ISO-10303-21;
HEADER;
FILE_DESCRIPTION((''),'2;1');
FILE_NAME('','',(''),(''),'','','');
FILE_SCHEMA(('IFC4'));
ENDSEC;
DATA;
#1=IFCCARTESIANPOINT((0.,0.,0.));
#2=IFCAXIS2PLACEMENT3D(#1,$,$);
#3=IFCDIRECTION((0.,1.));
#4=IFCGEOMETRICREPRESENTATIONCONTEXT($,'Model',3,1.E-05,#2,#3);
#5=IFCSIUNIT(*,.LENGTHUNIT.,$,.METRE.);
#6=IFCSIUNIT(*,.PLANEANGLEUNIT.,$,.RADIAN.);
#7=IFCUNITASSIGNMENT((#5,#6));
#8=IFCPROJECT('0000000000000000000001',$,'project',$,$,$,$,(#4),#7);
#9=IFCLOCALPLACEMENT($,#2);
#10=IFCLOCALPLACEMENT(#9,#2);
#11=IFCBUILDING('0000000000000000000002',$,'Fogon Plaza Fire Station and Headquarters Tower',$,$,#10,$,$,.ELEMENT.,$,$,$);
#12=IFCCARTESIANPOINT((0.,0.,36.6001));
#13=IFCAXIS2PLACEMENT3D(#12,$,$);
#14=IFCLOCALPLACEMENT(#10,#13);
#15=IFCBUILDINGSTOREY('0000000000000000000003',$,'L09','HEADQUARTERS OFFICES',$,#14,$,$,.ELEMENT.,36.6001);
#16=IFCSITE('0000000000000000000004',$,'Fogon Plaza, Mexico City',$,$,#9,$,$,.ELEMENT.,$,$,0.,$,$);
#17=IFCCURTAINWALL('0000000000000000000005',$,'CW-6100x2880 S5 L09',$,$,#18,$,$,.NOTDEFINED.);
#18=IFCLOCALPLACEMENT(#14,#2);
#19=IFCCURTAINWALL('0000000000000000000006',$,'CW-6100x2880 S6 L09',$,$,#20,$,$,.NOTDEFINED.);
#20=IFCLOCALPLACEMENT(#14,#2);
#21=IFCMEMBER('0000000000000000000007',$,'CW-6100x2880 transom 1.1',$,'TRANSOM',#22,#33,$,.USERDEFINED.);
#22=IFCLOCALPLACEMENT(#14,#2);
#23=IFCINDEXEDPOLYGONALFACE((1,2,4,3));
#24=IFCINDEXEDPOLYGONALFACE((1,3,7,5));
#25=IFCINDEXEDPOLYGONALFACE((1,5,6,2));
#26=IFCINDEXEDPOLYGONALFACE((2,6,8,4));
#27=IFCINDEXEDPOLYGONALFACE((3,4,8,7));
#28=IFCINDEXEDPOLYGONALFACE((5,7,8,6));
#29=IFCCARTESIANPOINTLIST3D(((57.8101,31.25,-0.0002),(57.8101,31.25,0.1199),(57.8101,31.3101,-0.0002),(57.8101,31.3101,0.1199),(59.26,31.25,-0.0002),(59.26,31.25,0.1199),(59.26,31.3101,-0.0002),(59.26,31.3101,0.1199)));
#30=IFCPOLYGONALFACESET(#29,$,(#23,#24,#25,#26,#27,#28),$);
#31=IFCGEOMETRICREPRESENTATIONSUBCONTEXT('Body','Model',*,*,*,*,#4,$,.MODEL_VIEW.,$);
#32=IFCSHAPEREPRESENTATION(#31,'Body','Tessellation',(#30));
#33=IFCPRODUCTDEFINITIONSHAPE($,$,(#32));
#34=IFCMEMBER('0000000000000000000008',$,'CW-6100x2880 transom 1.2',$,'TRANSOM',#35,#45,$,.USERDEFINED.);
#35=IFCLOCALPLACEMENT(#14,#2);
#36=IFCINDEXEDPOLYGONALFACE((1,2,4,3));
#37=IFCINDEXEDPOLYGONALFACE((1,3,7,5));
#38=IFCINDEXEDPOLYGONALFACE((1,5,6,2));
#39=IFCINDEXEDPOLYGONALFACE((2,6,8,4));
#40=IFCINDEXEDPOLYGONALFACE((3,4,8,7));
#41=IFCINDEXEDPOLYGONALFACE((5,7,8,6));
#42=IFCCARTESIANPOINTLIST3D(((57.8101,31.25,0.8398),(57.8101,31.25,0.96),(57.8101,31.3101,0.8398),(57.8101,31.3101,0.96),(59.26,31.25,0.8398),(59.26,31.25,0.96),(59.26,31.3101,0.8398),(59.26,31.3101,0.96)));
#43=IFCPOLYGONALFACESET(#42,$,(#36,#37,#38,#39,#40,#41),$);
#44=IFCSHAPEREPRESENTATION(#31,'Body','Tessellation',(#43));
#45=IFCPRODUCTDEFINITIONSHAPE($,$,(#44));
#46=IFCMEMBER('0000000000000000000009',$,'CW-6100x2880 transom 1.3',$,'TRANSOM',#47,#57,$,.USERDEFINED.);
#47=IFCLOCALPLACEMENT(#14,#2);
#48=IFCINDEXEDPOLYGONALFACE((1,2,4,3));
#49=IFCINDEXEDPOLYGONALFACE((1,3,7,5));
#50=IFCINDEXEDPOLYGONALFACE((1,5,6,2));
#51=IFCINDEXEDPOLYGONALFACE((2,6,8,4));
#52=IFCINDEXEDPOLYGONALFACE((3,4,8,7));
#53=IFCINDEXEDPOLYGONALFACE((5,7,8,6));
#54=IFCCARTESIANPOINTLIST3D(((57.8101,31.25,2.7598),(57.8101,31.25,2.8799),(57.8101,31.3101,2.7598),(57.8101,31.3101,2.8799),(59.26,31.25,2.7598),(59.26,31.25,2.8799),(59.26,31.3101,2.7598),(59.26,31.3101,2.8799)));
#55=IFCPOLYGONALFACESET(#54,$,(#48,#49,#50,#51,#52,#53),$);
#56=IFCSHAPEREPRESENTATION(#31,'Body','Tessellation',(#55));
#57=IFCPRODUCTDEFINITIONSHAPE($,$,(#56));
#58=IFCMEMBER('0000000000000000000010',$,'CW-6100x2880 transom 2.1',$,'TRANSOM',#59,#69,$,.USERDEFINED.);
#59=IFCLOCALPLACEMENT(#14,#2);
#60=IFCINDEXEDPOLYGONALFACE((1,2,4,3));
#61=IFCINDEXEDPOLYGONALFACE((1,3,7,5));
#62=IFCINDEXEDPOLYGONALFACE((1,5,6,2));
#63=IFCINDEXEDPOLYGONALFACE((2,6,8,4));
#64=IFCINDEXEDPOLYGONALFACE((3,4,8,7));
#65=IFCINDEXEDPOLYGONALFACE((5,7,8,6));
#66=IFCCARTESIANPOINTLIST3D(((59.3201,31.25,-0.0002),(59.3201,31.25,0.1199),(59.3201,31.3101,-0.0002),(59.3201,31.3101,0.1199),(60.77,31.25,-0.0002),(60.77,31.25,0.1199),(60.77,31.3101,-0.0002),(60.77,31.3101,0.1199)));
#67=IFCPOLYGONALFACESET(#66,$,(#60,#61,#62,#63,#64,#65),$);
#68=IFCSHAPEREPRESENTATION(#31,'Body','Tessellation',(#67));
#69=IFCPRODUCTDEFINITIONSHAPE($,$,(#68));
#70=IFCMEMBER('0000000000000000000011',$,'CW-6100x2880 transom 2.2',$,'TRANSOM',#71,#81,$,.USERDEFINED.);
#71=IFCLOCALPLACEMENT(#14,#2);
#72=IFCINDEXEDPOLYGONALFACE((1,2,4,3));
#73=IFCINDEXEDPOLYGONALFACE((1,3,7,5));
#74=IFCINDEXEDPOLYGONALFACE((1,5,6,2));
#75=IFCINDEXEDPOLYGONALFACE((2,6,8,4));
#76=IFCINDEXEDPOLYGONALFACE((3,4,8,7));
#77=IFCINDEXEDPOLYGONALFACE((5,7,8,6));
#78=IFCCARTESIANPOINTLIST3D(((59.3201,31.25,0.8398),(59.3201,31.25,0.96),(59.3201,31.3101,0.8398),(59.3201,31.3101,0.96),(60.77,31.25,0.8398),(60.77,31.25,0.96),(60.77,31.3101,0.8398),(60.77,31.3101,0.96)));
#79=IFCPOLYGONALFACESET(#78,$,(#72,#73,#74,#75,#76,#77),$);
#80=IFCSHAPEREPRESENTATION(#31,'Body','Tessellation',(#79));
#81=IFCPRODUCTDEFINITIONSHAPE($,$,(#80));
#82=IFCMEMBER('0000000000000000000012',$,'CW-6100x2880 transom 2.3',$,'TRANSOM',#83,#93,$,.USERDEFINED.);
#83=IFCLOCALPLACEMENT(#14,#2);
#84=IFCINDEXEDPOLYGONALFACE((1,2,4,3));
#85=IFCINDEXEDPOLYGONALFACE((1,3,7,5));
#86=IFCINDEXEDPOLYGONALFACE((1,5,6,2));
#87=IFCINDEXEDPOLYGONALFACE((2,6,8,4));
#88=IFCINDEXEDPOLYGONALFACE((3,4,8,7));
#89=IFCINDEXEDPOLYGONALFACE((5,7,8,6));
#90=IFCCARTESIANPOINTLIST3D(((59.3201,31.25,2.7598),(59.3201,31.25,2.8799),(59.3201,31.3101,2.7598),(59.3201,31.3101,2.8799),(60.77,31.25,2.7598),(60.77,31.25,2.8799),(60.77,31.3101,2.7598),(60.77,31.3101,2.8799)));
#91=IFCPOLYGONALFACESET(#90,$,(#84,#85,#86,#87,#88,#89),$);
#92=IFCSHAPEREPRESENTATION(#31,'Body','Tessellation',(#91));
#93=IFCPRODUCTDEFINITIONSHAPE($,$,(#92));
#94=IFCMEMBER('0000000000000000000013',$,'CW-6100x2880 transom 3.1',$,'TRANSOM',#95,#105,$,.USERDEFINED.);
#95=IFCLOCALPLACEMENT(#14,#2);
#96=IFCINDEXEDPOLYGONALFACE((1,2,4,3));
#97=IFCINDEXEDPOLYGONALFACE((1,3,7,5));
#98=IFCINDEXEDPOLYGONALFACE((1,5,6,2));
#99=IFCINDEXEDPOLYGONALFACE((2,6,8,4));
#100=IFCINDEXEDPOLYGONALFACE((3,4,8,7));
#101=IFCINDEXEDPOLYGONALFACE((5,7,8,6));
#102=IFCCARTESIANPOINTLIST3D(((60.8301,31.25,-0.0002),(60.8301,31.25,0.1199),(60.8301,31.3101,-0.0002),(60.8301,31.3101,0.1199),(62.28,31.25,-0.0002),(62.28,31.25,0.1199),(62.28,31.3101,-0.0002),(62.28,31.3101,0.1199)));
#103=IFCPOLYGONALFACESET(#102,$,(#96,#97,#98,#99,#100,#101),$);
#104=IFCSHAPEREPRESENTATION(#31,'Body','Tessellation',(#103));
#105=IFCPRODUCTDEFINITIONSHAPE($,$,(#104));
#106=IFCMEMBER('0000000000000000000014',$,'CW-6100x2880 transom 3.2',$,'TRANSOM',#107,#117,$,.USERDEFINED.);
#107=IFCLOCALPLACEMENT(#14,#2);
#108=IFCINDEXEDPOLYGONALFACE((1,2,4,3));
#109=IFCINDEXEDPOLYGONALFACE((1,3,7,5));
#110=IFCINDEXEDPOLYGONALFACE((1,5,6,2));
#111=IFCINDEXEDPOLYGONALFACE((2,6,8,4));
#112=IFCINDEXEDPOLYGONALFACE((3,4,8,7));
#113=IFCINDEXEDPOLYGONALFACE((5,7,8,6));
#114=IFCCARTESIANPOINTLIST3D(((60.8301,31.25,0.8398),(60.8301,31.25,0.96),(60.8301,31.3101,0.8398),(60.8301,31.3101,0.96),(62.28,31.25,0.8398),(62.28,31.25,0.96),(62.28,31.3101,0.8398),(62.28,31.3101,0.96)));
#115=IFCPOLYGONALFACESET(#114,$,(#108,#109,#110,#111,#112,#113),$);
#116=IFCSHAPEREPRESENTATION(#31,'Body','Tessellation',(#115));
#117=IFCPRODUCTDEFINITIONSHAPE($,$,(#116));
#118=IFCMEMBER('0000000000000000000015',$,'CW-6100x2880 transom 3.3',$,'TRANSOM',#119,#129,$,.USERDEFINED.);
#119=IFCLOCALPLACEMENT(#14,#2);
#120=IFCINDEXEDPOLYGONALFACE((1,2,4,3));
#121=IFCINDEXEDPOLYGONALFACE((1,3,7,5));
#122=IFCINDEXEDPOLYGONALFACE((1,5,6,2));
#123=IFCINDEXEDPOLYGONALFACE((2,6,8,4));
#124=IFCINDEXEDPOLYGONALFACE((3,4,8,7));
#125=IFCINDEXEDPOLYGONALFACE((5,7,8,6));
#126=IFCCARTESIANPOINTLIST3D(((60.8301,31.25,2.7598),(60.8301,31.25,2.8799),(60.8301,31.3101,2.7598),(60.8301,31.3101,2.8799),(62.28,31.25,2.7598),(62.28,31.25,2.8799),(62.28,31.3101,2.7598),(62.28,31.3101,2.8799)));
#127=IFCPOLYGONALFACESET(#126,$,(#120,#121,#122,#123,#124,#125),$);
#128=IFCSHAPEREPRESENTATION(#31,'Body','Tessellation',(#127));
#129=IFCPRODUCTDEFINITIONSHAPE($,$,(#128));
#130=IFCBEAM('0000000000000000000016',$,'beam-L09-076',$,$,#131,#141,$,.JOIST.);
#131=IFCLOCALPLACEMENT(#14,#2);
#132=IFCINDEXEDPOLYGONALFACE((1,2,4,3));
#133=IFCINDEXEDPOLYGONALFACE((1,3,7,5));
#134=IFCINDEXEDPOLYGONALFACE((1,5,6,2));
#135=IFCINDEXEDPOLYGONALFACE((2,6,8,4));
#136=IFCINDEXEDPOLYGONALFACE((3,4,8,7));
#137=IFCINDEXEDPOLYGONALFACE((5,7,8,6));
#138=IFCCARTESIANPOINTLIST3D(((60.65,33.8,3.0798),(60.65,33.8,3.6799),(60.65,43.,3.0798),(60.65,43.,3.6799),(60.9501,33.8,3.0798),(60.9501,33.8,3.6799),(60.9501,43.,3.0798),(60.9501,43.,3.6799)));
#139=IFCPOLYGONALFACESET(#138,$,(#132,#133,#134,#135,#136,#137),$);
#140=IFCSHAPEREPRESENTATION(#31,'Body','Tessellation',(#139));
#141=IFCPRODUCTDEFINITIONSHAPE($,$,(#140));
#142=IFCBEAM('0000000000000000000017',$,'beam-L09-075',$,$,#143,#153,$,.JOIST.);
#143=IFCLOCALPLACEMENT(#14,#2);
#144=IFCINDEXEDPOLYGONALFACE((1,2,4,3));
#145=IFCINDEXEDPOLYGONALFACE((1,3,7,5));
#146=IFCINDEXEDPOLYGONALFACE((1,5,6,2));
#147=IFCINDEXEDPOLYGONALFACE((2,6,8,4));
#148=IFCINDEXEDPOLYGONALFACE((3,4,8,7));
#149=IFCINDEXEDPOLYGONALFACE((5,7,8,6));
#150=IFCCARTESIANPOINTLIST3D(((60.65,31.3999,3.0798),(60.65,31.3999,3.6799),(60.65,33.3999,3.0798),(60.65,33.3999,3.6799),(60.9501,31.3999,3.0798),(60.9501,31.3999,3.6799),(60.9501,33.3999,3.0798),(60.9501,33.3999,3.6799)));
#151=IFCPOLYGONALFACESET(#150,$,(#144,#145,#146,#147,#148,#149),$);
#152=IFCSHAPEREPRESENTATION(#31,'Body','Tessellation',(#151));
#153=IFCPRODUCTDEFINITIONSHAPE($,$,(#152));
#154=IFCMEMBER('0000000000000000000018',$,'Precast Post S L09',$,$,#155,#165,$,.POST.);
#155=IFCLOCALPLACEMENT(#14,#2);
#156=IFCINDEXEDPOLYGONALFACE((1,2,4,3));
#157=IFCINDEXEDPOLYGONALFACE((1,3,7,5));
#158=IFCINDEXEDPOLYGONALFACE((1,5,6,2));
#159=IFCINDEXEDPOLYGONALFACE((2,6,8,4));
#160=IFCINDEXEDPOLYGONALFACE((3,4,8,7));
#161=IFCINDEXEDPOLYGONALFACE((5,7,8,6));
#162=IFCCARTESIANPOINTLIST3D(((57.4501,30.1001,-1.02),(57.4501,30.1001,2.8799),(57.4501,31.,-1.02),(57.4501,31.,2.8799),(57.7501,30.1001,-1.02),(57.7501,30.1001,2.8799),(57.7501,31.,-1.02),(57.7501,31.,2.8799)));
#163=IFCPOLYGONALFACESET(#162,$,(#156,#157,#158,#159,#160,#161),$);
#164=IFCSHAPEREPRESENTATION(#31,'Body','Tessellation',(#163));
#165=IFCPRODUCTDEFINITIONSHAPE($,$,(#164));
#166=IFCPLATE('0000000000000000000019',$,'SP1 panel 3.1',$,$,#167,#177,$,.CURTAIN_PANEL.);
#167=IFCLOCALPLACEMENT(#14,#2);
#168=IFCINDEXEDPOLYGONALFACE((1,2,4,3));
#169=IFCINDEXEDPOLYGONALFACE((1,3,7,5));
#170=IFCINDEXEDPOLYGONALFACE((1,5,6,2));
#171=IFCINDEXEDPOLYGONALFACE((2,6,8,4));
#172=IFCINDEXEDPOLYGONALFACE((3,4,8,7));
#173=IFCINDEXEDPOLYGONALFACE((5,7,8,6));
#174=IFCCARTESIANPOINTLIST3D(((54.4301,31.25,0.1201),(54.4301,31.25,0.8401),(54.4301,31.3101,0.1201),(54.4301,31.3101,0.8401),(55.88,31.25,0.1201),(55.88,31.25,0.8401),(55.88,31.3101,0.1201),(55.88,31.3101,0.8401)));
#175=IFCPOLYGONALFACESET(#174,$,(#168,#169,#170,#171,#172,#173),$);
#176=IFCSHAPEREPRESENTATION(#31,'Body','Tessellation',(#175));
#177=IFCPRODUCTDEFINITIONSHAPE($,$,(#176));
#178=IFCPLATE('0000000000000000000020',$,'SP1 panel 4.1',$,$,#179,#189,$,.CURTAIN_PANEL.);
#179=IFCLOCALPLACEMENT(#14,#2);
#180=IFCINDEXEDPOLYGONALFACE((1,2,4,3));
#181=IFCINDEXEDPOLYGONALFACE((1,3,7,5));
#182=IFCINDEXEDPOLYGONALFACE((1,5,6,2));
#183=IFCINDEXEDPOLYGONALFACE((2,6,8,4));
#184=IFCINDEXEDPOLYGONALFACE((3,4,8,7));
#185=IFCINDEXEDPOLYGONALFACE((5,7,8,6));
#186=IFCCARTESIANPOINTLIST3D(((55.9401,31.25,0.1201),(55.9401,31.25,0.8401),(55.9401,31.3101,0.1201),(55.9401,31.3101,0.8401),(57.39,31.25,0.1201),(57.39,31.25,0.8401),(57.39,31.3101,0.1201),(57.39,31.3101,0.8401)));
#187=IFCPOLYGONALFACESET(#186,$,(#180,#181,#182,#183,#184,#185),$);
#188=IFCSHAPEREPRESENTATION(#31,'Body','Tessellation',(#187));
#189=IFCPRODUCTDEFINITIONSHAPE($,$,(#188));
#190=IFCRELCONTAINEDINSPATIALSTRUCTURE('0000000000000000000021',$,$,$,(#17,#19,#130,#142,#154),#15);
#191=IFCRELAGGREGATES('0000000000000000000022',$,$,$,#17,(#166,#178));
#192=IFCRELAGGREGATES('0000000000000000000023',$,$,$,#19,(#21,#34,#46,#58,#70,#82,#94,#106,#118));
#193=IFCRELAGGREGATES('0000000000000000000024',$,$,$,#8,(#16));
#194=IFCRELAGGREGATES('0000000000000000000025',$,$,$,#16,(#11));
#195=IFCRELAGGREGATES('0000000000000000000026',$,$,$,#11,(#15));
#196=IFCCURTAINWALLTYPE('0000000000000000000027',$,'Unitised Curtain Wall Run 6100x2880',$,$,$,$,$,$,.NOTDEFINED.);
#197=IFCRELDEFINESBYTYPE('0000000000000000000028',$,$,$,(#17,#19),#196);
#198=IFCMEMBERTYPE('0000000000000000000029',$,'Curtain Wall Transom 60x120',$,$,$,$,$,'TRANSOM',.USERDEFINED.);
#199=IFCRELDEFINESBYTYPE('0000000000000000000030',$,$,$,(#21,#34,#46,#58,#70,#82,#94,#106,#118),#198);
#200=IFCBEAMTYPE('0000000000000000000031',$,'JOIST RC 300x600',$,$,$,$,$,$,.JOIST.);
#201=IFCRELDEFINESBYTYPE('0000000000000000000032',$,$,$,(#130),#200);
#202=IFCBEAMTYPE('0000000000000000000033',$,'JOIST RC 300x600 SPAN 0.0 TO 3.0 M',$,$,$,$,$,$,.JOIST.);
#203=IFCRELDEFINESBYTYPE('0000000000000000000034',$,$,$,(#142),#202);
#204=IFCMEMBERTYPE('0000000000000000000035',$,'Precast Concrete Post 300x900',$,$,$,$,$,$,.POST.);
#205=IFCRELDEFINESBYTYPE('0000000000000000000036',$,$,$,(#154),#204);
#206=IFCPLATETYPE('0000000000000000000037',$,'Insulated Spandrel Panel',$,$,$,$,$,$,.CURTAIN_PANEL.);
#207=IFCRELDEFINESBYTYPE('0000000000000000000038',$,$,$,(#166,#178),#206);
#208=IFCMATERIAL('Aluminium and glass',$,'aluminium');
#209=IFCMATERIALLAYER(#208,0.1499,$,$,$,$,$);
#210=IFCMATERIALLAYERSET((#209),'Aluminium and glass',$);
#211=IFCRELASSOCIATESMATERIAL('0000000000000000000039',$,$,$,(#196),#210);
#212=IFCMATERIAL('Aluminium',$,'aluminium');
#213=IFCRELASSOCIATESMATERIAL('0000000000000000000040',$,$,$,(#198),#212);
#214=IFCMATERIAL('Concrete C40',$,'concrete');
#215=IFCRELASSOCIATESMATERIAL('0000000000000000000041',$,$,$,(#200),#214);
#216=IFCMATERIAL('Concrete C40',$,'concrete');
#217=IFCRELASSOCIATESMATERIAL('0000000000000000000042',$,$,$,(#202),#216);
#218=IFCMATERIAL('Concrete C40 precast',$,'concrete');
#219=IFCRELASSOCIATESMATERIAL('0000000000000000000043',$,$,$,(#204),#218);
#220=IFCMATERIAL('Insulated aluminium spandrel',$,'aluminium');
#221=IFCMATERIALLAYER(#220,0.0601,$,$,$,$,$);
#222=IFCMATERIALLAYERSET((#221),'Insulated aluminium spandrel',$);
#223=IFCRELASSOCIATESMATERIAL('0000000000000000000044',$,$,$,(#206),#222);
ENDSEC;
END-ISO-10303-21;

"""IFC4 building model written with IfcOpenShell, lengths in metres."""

from ifc_helpers import new_model, si_unit, direction, frame, origin, origin_2d, place, context, subcontext, project, spatial, rectangle, extrude, material, layer, layer_set, material_profile, profile_set, type_object, element, aggregate, save


model = new_model("IFC4")

# Units and contexts
model_context = context("Model", 3, precision=1e-05, world=origin(), true_north=direction((0.0, 1.0)))
body_context = subcontext(model_context, "Body", "Model", "MODEL_VIEW")
ifc_project = project(units=[si_unit("LENGTHUNIT", "METRE"), si_unit("PLANEANGLEUNIT", "RADIAN")], contexts=[model_context])

# Site, building, storey
site_placement = place(None, origin())
site = spatial("IfcSite", under=ifc_project, at=site_placement, Name="Fogon Plaza, Mexico City", CompositionType="ELEMENT", RefElevation=0.0)
building_placement = place(site_placement, origin())
building = spatial("IfcBuilding", under=site, at=building_placement, Name="Fogon Plaza Fire Station and Headquarters Tower", CompositionType="ELEMENT")
storey_placement = place(building_placement, frame((0.0, 0.0, 36.6001)))
storey = spatial("IfcBuildingStorey", under=building, at=storey_placement, Name="L09", Description="HEADQUARTERS OFFICES", CompositionType="ELEMENT", Elevation=36.6001)

# Curtain walls
ifc_material_1 = material(Name="Aluminium and glass", Category="aluminium")
ifc_layer_1 = layer(ifc_material_1, 0.1499)
ifc_layer_set_1 = layer_set([ifc_layer_1], Name="Aluminium and glass")
curtain_wall_type = type_object("IfcCurtainWallType", Name="Unitised Curtain Wall Run 6100x2880", PredefinedType="NOTDEFINED", material=ifc_layer_set_1)
curtain_wall_1_placement = place(storey_placement, origin())
curtain_wall_1 = element("IfcCurtainWall", 1, at=curtain_wall_1_placement, inside=storey, type_object=curtain_wall_type, Name="CW-6100x2880 S5 L09", PredefinedType="NOTDEFINED")
curtain_wall_2_placement = place(storey_placement, origin())
curtain_wall_2 = element("IfcCurtainWall", 2, at=curtain_wall_2_placement, inside=storey, type_object=curtain_wall_type, Name="CW-6100x2880 S6 L09", PredefinedType="NOTDEFINED")

# Members
ifc_material_2 = material(Name="Aluminium", Category="aluminium")
ifc_material_profile_1 = material_profile(ifc_material_2, rectangle(XDim=0.0601, YDim=0.1201, at=origin_2d()), Name="Curtain Wall Transom 60x120")
ifc_profile_set_1 = profile_set([ifc_material_profile_1], Name="Aluminium")
member_type_1 = type_object("IfcMemberType", Name="Curtain Wall Transom 60x120", ElementType="TRANSOM", PredefinedType="USERDEFINED", material=ifc_profile_set_1)
member_1_placement = place(storey_placement, frame((57.8101, 31.28, 0.0598), z_axis=(1.0, 0.0, 0.0), x_axis=(0.0, 1.0, 0.0)))
member_1 = element("IfcMember", 3, at=member_1_placement, type_object=member_type_1, Name="CW-6100x2880 transom 1.1", ObjectType="TRANSOM", PredefinedType="USERDEFINED", context=body_context, shape_type="SweptSolid", body=[
    extrude(rectangle(XDim=0.0601, YDim=0.1201, at=origin_2d()), origin(), (0.0, 0.0, 1.0), 1.45),
])
member_2_placement = place(storey_placement, frame((57.8101, 31.28, 0.8999), z_axis=(1.0, 0.0, 0.0), x_axis=(0.0, 1.0, 0.0)))
member_2 = element("IfcMember", 4, at=member_2_placement, type_object=member_type_1, Name="CW-6100x2880 transom 1.2", ObjectType="TRANSOM", PredefinedType="USERDEFINED", context=body_context, shape_type="SweptSolid", body=[
    extrude(rectangle(XDim=0.0601, YDim=0.1201, at=origin_2d()), origin(), (0.0, 0.0, 1.0), 1.45),
])
member_3_placement = place(storey_placement, frame((57.8101, 31.28, 2.8198), z_axis=(1.0, 0.0, 0.0), x_axis=(0.0, 1.0, 0.0)))
member_3 = element("IfcMember", 5, at=member_3_placement, type_object=member_type_1, Name="CW-6100x2880 transom 1.3", ObjectType="TRANSOM", PredefinedType="USERDEFINED", context=body_context, shape_type="SweptSolid", body=[
    extrude(rectangle(XDim=0.0601, YDim=0.1201, at=origin_2d()), origin(), (0.0, 0.0, 1.0), 1.45),
])
member_4_placement = place(storey_placement, frame((59.3201, 31.28, 0.0598), z_axis=(1.0, 0.0, 0.0), x_axis=(0.0, 1.0, 0.0)))
member_4 = element("IfcMember", 6, at=member_4_placement, type_object=member_type_1, Name="CW-6100x2880 transom 2.1", ObjectType="TRANSOM", PredefinedType="USERDEFINED", context=body_context, shape_type="SweptSolid", body=[
    extrude(rectangle(XDim=0.0601, YDim=0.1201, at=origin_2d()), origin(), (0.0, 0.0, 1.0), 1.45),
])
member_5_placement = place(storey_placement, frame((59.3201, 31.28, 0.8999), z_axis=(1.0, 0.0, 0.0), x_axis=(0.0, 1.0, 0.0)))
member_5 = element("IfcMember", 7, at=member_5_placement, type_object=member_type_1, Name="CW-6100x2880 transom 2.2", ObjectType="TRANSOM", PredefinedType="USERDEFINED", context=body_context, shape_type="SweptSolid", body=[
    extrude(rectangle(XDim=0.0601, YDim=0.1201, at=origin_2d()), origin(), (0.0, 0.0, 1.0), 1.45),
])
member_6_placement = place(storey_placement, frame((59.3201, 31.28, 2.8198), z_axis=(1.0, 0.0, 0.0), x_axis=(0.0, 1.0, 0.0)))
member_6 = element("IfcMember", 8, at=member_6_placement, type_object=member_type_1, Name="CW-6100x2880 transom 2.3", ObjectType="TRANSOM", PredefinedType="USERDEFINED", context=body_context, shape_type="SweptSolid", body=[
    extrude(rectangle(XDim=0.0601, YDim=0.1201, at=origin_2d()), origin(), (0.0, 0.0, 1.0), 1.45),
])
member_7_placement = place(storey_placement, frame((60.8301, 31.28, 0.0598), z_axis=(1.0, 0.0, 0.0), x_axis=(0.0, 1.0, 0.0)))
member_7 = element("IfcMember", 9, at=member_7_placement, type_object=member_type_1, Name="CW-6100x2880 transom 3.1", ObjectType="TRANSOM", PredefinedType="USERDEFINED", context=body_context, shape_type="SweptSolid", body=[
    extrude(rectangle(XDim=0.0601, YDim=0.1201, at=origin_2d()), origin(), (0.0, 0.0, 1.0), 1.45),
])
member_8_placement = place(storey_placement, frame((60.8301, 31.28, 0.8999), z_axis=(1.0, 0.0, 0.0), x_axis=(0.0, 1.0, 0.0)))
member_8 = element("IfcMember", 10, at=member_8_placement, type_object=member_type_1, Name="CW-6100x2880 transom 3.2", ObjectType="TRANSOM", PredefinedType="USERDEFINED", context=body_context, shape_type="SweptSolid", body=[
    extrude(rectangle(XDim=0.0601, YDim=0.1201, at=origin_2d()), origin(), (0.0, 0.0, 1.0), 1.45),
])
member_9_placement = place(storey_placement, frame((60.8301, 31.28, 2.8198), z_axis=(1.0, 0.0, 0.0), x_axis=(0.0, 1.0, 0.0)))
member_9 = element("IfcMember", 11, at=member_9_placement, type_object=member_type_1, Name="CW-6100x2880 transom 3.3", ObjectType="TRANSOM", PredefinedType="USERDEFINED", context=body_context, shape_type="SweptSolid", body=[
    extrude(rectangle(XDim=0.0601, YDim=0.1201, at=origin_2d()), origin(), (0.0, 0.0, 1.0), 1.45),
])

# Beams
ifc_material_3 = material(Name="Concrete C40", Category="concrete")
ifc_material_profile_2 = material_profile(ifc_material_3, rectangle(XDim=0.3, YDim=0.6001, at=origin_2d()), Name="RC 300x600")
ifc_profile_set_2 = profile_set([ifc_material_profile_2], Name="Concrete C40")
beam_type_1 = type_object("IfcBeamType", Name="JOIST RC 300x600", PredefinedType="JOIST", material=ifc_profile_set_2)
beam_1_placement = place(storey_placement, frame((60.8, 33.8, 3.3799), z_axis=(0.0, 1.0, 0.0), x_axis=(-1.0, 0.0, 0.0)))
element("IfcBeam", 12, at=beam_1_placement, inside=storey, type_object=beam_type_1, Name="beam-L09-076", PredefinedType="JOIST", context=body_context, shape_type="SweptSolid", body=[
    extrude(rectangle(XDim=0.3, YDim=0.6001, at=origin_2d()), origin(), (0.0, 0.0, 1.0), 9.2),
])
ifc_material_4 = material(Name="Concrete C40", Category="concrete")
ifc_material_profile_3 = material_profile(ifc_material_4, rectangle(XDim=0.3, YDim=0.6001, at=origin_2d()), Name="RC 300x600")
ifc_profile_set_3 = profile_set([ifc_material_profile_3], Name="Concrete C40")
beam_type_2 = type_object("IfcBeamType", Name="JOIST RC 300x600 SPAN 0.0 TO 3.0 M", PredefinedType="JOIST", material=ifc_profile_set_3)
beam_2_placement = place(storey_placement, frame((60.8, 31.3999, 3.3799), z_axis=(0.0, 1.0, 0.0), x_axis=(-1.0, 0.0, 0.0)))
element("IfcBeam", 13, at=beam_2_placement, inside=storey, type_object=beam_type_2, Name="beam-L09-075", PredefinedType="JOIST", context=body_context, shape_type="SweptSolid", body=[
    extrude(rectangle(XDim=0.3, YDim=0.6001, at=origin_2d()), origin(), (0.0, 0.0, 1.0), 2.0),
])

# Member
ifc_material_5 = material(Name="Concrete C40 precast", Category="concrete")
ifc_material_profile_4 = material_profile(ifc_material_5, rectangle(XDim=0.3, YDim=0.8999, at=origin_2d()), Name="Precast Concrete Post 300x900")
ifc_profile_set_4 = profile_set([ifc_material_profile_4], Name="Concrete C40 precast")
member_type_2 = type_object("IfcMemberType", Name="Precast Concrete Post 300x900", PredefinedType="POST", material=ifc_profile_set_4)
member_10_placement = place(storey_placement, frame((57.6001, 30.55, -1.02), z_axis=(0.0, 0.0, 1.0), x_axis=(1.0, 0.0, 0.0)))
element("IfcMember", 14, at=member_10_placement, inside=storey, type_object=member_type_2, Name="Precast Post S L09", PredefinedType="POST", context=body_context, shape_type="SweptSolid", body=[
    extrude(rectangle(XDim=0.3, YDim=0.8999, at=origin_2d()), origin(), (0.0, 0.0, 1.0), 3.8999),
])

# Plates
ifc_material_6 = material(Name="Insulated aluminium spandrel", Category="aluminium")
ifc_layer_2 = layer(ifc_material_6, 0.0601)
ifc_layer_set_2 = layer_set([ifc_layer_2], Name="Insulated aluminium spandrel")
plate_type_1 = type_object("IfcPlateType", Name="Insulated Spandrel Panel", PredefinedType="CURTAIN_PANEL", material=ifc_layer_set_2)
plate_1_placement = place(storey_placement, frame((55.155, 31.28, 0.1201), z_axis=(0.0, 0.0, 1.0), x_axis=(1.0, 0.0, 0.0)))
plate_1 = element("IfcPlate", 15, at=plate_1_placement, type_object=plate_type_1, Name="SP1 panel 3.1", PredefinedType="CURTAIN_PANEL", context=body_context, shape_type="SweptSolid", body=[
    extrude(rectangle(XDim=1.45, YDim=0.0601, at=origin_2d()), origin(), (0.0, 0.0, 1.0), 0.72),
])
plate_2_placement = place(storey_placement, frame((56.665, 31.28, 0.1201), z_axis=(0.0, 0.0, 1.0), x_axis=(1.0, 0.0, 0.0)))
plate_2 = element("IfcPlate", 16, at=plate_2_placement, type_object=plate_type_1, Name="SP1 panel 4.1", PredefinedType="CURTAIN_PANEL", context=body_context, shape_type="SweptSolid", body=[
    extrude(rectangle(XDim=1.45, YDim=0.0601, at=origin_2d()), origin(), (0.0, 0.0, 1.0), 0.72),
])
aggregate(curtain_wall_1, [plate_1, plate_2])
aggregate(curtain_wall_2, [member_1, member_2, member_3, member_4, member_5, member_6, member_7, member_8, member_9])

save(model, "model.ifc")
